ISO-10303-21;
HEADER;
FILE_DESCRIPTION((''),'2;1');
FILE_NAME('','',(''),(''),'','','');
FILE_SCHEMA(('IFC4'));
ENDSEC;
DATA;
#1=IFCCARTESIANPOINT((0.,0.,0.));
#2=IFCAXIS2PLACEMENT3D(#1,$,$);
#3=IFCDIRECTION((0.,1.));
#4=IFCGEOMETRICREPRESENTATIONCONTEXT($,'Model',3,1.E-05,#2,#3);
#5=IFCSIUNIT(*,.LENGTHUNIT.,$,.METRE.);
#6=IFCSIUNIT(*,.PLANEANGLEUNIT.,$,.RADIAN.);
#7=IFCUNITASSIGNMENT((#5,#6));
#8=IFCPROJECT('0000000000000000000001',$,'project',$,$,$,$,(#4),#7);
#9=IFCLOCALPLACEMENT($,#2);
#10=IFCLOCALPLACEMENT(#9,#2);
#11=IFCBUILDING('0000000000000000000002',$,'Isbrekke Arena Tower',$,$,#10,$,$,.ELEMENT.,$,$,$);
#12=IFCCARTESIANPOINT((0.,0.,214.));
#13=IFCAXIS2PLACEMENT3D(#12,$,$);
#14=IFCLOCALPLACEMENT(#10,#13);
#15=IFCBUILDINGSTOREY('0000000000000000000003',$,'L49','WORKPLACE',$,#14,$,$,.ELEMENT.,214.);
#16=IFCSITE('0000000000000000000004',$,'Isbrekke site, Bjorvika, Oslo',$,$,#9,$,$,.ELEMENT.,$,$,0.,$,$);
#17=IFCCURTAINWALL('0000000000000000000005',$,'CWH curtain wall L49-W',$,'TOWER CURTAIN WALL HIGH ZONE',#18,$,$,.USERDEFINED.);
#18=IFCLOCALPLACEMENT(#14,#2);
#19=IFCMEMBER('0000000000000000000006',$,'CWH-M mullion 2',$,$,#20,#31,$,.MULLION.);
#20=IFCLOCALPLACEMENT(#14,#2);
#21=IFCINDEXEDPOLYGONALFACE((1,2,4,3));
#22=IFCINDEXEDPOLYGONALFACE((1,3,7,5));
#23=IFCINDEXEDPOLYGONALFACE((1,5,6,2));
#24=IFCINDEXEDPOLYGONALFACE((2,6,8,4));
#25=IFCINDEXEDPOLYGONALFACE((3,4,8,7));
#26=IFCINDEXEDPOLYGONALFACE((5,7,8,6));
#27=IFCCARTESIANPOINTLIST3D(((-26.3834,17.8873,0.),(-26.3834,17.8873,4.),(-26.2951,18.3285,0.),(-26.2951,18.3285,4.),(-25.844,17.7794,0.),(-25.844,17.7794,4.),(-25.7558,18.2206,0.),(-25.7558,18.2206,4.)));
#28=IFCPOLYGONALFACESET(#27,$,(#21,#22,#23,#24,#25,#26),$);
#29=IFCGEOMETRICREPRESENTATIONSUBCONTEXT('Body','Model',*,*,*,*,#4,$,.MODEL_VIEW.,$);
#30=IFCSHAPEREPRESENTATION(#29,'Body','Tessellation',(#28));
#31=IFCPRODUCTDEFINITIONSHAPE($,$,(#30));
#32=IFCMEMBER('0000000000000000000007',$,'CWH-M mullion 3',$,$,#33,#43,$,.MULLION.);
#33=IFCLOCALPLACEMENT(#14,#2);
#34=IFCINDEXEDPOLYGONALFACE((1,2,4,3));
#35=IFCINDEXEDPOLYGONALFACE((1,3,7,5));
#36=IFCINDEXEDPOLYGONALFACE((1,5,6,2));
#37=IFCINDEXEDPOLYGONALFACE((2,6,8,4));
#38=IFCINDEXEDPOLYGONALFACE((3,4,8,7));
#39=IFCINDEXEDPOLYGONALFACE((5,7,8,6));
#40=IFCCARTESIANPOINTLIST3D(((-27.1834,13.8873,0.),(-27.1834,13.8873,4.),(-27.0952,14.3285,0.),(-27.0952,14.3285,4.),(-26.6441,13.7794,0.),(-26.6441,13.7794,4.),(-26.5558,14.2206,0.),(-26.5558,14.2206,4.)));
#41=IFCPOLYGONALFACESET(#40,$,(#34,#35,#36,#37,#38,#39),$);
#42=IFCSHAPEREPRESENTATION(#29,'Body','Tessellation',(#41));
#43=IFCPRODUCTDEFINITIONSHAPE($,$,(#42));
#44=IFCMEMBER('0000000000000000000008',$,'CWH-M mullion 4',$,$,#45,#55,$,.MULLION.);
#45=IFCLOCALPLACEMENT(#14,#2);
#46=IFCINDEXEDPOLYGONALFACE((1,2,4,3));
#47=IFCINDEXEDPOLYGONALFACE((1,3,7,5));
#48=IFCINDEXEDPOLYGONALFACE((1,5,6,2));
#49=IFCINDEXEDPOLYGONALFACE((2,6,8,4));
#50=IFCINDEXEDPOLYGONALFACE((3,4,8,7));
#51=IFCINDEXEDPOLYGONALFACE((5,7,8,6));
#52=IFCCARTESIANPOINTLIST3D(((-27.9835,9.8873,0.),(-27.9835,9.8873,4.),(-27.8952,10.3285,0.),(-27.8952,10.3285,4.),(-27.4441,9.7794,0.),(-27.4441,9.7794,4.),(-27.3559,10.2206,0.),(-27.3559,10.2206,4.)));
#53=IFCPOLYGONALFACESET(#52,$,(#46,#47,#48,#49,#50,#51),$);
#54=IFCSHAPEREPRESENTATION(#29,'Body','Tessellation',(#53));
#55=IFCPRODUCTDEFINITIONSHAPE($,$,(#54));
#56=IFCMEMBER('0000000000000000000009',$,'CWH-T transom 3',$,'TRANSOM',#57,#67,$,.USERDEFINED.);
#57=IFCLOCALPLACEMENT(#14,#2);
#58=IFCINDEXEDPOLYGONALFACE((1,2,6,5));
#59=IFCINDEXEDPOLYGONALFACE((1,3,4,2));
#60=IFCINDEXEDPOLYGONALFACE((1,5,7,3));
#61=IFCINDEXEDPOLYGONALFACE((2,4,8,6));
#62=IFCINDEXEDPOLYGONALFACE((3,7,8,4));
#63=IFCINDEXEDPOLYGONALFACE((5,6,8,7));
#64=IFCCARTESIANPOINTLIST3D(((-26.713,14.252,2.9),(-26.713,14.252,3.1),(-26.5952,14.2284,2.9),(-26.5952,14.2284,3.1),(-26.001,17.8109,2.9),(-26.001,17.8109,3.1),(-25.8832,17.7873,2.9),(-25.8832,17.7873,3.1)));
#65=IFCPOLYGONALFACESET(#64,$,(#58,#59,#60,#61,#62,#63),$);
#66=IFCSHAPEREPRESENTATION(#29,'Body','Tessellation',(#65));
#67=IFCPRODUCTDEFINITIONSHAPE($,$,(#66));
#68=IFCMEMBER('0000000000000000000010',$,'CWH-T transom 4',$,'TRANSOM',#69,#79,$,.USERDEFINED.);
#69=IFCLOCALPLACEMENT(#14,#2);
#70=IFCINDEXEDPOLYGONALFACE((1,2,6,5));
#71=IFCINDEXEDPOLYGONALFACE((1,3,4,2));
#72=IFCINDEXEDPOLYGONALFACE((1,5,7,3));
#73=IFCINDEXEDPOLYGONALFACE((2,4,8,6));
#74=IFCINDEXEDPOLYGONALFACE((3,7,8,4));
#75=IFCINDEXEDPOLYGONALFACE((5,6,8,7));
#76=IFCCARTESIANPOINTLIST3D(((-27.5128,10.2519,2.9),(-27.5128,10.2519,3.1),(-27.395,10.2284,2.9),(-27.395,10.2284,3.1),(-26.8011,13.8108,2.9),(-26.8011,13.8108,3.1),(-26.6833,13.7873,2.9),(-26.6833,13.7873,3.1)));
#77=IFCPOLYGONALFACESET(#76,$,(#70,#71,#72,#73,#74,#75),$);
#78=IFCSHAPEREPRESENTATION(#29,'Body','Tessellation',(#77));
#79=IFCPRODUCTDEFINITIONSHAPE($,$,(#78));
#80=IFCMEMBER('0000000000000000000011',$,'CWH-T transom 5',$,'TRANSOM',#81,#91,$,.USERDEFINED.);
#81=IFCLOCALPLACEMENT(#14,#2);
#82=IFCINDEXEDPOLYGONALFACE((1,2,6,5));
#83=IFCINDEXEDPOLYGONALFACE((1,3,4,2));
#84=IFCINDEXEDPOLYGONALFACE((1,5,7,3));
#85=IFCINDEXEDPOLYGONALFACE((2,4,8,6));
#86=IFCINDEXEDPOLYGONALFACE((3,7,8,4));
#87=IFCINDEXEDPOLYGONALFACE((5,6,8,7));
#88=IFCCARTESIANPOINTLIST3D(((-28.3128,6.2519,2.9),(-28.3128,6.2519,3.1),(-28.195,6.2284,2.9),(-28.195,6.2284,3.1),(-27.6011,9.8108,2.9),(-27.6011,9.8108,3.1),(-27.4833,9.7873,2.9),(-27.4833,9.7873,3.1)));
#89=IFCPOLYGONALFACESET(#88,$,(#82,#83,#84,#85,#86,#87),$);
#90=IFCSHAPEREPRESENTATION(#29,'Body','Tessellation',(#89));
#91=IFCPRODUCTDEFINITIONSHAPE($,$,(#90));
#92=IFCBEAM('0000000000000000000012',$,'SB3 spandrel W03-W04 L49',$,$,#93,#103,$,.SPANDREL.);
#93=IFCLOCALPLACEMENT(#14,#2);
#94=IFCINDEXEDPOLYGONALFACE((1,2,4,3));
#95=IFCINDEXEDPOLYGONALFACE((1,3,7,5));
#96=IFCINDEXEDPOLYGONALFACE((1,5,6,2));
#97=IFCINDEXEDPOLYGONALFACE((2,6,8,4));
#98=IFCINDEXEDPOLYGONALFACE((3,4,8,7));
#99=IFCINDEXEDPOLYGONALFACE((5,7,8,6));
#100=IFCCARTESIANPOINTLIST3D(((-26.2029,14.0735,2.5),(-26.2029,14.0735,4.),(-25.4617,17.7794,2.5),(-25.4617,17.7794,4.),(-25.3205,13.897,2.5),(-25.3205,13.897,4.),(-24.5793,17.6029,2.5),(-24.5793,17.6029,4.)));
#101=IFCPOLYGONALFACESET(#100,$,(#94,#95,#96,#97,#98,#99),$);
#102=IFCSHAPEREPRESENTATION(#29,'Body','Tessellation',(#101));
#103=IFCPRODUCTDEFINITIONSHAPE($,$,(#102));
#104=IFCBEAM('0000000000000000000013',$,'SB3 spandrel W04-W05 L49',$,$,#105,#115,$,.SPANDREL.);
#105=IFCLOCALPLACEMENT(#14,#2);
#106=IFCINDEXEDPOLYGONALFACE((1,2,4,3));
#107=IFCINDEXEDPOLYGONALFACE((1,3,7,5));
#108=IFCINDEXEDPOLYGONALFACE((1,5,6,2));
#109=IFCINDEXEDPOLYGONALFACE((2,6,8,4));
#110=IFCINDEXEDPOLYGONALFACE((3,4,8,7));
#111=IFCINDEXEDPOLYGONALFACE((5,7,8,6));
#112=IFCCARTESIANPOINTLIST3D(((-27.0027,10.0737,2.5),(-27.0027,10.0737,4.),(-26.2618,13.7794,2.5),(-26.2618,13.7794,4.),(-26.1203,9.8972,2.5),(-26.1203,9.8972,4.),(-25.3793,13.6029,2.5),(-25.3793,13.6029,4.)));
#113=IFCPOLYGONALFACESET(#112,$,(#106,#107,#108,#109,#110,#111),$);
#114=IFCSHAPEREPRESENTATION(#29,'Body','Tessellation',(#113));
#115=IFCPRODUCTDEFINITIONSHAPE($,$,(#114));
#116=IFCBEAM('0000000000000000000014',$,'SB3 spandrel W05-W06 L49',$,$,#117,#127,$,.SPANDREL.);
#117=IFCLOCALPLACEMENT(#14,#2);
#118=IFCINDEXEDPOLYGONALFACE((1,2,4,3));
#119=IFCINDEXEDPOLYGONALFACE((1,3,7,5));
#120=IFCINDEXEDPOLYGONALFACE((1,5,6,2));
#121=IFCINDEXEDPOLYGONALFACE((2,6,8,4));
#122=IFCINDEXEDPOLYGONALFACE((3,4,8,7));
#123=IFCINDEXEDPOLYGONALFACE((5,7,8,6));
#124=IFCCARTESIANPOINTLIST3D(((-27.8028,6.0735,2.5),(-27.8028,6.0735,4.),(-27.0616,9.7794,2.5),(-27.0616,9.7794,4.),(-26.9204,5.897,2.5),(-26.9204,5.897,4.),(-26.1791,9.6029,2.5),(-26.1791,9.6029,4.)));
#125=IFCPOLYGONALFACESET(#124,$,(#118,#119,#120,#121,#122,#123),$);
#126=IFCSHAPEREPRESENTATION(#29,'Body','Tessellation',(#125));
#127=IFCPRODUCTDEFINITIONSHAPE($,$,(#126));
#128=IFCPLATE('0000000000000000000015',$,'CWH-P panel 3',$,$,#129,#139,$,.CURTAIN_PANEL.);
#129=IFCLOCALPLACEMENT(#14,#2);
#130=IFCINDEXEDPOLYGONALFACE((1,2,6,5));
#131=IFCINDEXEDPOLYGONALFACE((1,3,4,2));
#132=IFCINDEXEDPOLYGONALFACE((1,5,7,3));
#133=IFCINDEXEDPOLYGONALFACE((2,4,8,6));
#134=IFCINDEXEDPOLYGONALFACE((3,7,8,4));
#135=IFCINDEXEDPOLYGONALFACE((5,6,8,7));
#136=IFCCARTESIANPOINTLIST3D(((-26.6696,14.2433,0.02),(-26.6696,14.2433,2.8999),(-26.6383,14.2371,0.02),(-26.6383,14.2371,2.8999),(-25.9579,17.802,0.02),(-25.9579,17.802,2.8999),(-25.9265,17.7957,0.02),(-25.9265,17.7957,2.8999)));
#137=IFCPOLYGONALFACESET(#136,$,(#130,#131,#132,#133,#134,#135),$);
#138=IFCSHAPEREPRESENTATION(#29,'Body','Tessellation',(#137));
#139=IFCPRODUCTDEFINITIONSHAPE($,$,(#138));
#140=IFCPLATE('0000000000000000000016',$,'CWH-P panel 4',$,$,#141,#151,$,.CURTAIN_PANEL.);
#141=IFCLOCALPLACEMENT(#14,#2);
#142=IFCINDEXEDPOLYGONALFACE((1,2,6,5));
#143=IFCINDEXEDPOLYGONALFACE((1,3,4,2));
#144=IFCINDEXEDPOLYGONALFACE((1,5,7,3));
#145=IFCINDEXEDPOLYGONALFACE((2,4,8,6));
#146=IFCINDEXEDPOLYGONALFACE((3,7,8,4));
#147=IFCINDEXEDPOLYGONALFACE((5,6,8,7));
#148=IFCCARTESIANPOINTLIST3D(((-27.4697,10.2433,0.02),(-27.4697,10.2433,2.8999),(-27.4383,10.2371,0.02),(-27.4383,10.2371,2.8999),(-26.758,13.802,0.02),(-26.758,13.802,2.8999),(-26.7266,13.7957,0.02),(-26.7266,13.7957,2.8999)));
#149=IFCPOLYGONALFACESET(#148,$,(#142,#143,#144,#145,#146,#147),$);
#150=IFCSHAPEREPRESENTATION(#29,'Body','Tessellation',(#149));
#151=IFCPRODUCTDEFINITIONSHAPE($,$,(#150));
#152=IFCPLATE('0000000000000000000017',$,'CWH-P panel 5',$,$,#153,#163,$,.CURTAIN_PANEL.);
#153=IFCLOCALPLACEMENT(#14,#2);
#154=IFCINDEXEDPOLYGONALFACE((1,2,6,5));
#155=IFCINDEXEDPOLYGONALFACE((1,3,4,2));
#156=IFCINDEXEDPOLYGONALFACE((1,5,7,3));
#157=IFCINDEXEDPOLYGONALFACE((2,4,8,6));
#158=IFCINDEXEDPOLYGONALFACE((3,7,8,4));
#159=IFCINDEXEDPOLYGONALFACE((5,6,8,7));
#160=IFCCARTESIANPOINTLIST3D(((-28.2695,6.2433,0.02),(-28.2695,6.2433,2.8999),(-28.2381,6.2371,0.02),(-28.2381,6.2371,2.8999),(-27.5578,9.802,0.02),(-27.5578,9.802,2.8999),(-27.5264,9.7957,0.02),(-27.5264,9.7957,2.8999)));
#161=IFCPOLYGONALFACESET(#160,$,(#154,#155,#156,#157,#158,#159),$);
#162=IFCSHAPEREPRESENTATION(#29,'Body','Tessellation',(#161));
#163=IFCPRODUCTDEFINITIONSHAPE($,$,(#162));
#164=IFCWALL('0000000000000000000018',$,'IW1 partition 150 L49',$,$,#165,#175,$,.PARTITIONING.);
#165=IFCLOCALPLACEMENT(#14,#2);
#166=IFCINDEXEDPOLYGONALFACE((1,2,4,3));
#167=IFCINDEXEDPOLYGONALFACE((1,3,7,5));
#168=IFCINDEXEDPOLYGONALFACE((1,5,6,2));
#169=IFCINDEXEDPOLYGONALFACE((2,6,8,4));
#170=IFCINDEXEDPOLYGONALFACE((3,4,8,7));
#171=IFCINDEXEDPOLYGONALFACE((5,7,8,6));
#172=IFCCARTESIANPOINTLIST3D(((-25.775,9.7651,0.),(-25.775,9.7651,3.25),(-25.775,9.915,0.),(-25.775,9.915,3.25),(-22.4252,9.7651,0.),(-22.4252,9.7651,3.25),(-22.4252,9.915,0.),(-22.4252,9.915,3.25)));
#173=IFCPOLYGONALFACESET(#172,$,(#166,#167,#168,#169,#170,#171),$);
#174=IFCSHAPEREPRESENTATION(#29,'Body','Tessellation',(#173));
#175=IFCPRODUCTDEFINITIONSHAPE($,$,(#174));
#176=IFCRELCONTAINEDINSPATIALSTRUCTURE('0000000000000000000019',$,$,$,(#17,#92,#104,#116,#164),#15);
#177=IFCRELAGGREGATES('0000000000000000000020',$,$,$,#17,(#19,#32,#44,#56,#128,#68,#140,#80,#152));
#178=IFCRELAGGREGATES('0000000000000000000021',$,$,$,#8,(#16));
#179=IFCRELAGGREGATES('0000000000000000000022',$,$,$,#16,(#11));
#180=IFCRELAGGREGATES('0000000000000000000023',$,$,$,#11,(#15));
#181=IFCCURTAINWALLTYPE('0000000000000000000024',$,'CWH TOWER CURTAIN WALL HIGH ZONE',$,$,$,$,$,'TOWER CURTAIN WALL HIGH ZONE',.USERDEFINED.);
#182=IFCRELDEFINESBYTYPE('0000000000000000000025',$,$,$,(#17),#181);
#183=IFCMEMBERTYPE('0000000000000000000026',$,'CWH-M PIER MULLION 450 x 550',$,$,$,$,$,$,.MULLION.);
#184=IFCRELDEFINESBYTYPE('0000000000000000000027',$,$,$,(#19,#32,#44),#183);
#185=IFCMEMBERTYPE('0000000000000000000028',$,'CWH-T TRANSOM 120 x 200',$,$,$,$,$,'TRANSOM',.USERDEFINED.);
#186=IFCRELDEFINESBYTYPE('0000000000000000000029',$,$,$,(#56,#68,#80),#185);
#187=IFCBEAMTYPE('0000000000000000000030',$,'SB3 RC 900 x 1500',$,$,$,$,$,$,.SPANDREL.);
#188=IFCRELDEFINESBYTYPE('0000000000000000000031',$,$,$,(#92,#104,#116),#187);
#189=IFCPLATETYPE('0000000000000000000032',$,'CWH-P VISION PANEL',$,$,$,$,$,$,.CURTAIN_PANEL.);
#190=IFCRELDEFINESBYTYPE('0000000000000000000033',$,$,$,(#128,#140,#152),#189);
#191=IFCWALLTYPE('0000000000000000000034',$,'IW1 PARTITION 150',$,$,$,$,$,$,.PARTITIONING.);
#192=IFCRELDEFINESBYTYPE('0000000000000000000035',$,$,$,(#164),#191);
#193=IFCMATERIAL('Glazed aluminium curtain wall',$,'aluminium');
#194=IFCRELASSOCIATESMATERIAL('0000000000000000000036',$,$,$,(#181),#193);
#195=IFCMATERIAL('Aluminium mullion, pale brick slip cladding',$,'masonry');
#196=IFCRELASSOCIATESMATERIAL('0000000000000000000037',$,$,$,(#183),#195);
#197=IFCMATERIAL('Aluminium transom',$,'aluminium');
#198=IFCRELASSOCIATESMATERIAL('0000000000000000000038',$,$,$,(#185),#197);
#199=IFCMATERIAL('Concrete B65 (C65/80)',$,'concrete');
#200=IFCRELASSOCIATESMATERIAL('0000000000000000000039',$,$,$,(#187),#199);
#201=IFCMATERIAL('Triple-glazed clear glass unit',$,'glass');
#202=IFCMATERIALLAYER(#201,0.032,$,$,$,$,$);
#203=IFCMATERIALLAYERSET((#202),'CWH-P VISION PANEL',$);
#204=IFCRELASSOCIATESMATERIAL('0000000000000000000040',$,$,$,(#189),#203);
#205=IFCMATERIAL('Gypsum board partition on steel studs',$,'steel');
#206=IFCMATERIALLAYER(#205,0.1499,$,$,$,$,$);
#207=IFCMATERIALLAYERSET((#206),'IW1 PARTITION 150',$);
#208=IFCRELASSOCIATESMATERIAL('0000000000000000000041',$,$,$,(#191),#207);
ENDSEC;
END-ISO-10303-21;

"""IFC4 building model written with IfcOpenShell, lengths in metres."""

from ifc_helpers import new_model, si_unit, direction, frame, frame_2d, origin, origin_2d, place, context, subcontext, project, spatial, rectangle, extrude, material, layer, layer_set, material_profile, profile_set, type_object, element, aggregate, save


model = new_model("IFC4")

# Units and contexts
model_context = context("Model", 3, precision=1e-05, world=origin(), true_north=direction((0.0, 1.0)))
body_context = subcontext(model_context, "Body", "Model", "MODEL_VIEW")
ifc_project = project(units=[si_unit("LENGTHUNIT", "METRE"), si_unit("PLANEANGLEUNIT", "RADIAN")], contexts=[model_context])

# Site, building, storey
site_placement = place(None, origin())
site = spatial("IfcSite", under=ifc_project, at=site_placement, Name="Isbrekke site, Bjorvika, Oslo", CompositionType="ELEMENT", RefElevation=0.0)
building_placement = place(site_placement, origin())
building = spatial("IfcBuilding", under=site, at=building_placement, Name="Isbrekke Arena Tower", CompositionType="ELEMENT")
storey_placement = place(building_placement, frame((0.0, 0.0, 214.0)))
storey = spatial("IfcBuildingStorey", under=building, at=storey_placement, Name="L49", Description="WORKPLACE", CompositionType="ELEMENT", Elevation=214.0)

# Curtain wall, members
ifc_material_1 = material(Name="Glazed aluminium curtain wall", Category="aluminium")
curtain_wall_type = type_object("IfcCurtainWallType", Name="CWH TOWER CURTAIN WALL HIGH ZONE", ElementType="TOWER CURTAIN WALL HIGH ZONE", PredefinedType="USERDEFINED", material=ifc_material_1)
curtain_wall_placement = place(storey_placement, origin())
curtain_wall = element("IfcCurtainWall", 1, at=curtain_wall_placement, inside=storey, type_object=curtain_wall_type, Name="CWH curtain wall L49-W", ObjectType="TOWER CURTAIN WALL HIGH ZONE", PredefinedType="USERDEFINED")
ifc_material_2 = material(Name="Aluminium mullion, pale brick slip cladding", Category="masonry")
ifc_material_profile_1 = material_profile(ifc_material_2, rectangle(XDim=0.45, YDim=0.55, at=origin_2d()), Name="PIER 450X550")
ifc_profile_set_1 = profile_set([ifc_material_profile_1], Name="Aluminium mullion, pale brick slip cladding")
member_type_1 = type_object("IfcMemberType", Name="CWH-M PIER MULLION 450 x 550", PredefinedType="MULLION", material=ifc_profile_set_1)
member_1_placement = place(storey_placement, frame((-26.0696, 18.054, 0.0), z_axis=(0.0, 0.0, 1.0), x_axis=(-0.196116, -0.980581, 0.0)))
member_1 = element("IfcMember", 2, at=member_1_placement, type_object=member_type_1, Name="CWH-M mullion 2", PredefinedType="MULLION", context=body_context, shape_type="SweptSolid", body=[
    extrude(rectangle(XDim=0.45, YDim=0.55, at=origin_2d()), origin(), (0.0, 0.0, 1.0), 4.0),
])
member_2_placement = place(storey_placement, frame((-26.8696, 14.054, 0.0), z_axis=(0.0, 0.0, 1.0), x_axis=(-0.196116, -0.980581, 0.0)))
member_2 = element("IfcMember", 3, at=member_2_placement, type_object=member_type_1, Name="CWH-M mullion 3", PredefinedType="MULLION", context=body_context, shape_type="SweptSolid", body=[
    extrude(rectangle(XDim=0.45, YDim=0.55, at=origin_2d()), origin(), (0.0, 0.0, 1.0), 4.0),
])
member_3_placement = place(storey_placement, frame((-27.6697, 10.054, 0.0), z_axis=(0.0, 0.0, 1.0), x_axis=(-0.196116, -0.980581, 0.0)))
member_3 = element("IfcMember", 4, at=member_3_placement, type_object=member_type_1, Name="CWH-M mullion 4", PredefinedType="MULLION", context=body_context, shape_type="SweptSolid", body=[
    extrude(rectangle(XDim=0.45, YDim=0.55, at=origin_2d()), origin(), (0.0, 0.0, 1.0), 4.0),
])
ifc_material_3 = material(Name="Aluminium transom", Category="aluminium")
ifc_material_profile_2 = material_profile(ifc_material_3, rectangle(XDim=0.1201, YDim=0.2, at=origin_2d()), Name="TRANSOM 120X200")
ifc_profile_set_2 = profile_set([ifc_material_profile_2], Name="Aluminium transom")
member_type_2 = type_object("IfcMemberType", Name="CWH-T TRANSOM 120 x 200", ElementType="TRANSOM", PredefinedType="USERDEFINED", material=ifc_profile_set_2)
member_4_placement = place(storey_placement, frame((-25.9421, 17.7991, 3.0), z_axis=(-0.196155, -0.980573, 0.0), x_axis=(0.980573, -0.196155, 0.0)))
member_4 = element("IfcMember", 5, at=member_4_placement, type_object=member_type_2, Name="CWH-T transom 3", ObjectType="TRANSOM", PredefinedType="USERDEFINED", context=body_context, shape_type="SweptSolid", body=[
    extrude(rectangle(XDim=0.1201, YDim=0.2, at=origin_2d()), origin(), (0.0, 0.0, 1.0), 3.6294),
])
member_5_placement = place(storey_placement, frame((-26.7422, 13.7991, 3.0), z_axis=(-0.19609, -0.980586, 0.0), x_axis=(0.980586, -0.19609, 0.0)))
member_5 = element("IfcMember", 6, at=member_5_placement, type_object=member_type_2, Name="CWH-T transom 4", ObjectType="TRANSOM", PredefinedType="USERDEFINED", context=body_context, shape_type="SweptSolid", body=[
    extrude(rectangle(XDim=0.1201, YDim=0.2, at=origin_2d()), origin(), (0.0, 0.0, 1.0), 3.6294),
])
member_6_placement = place(storey_placement, frame((-27.5422, 9.7991, 3.0), z_axis=(-0.19609, -0.980586, 0.0), x_axis=(0.980586, -0.19609, 0.0)))
member_6 = element("IfcMember", 7, at=member_6_placement, type_object=member_type_2, Name="CWH-T transom 5", ObjectType="TRANSOM", PredefinedType="USERDEFINED", context=body_context, shape_type="SweptSolid", body=[
    extrude(rectangle(XDim=0.1201, YDim=0.2, at=origin_2d()), origin(), (0.0, 0.0, 1.0), 3.6294),
])

# Beams
ifc_material_4 = material(Name="Concrete B65 (C65/80)", Category="concrete")
ifc_material_profile_3 = material_profile(ifc_material_4, rectangle(XDim=0.8999, YDim=1.5, at=origin_2d()), Name="RC 900x1500")
ifc_profile_set_3 = profile_set([ifc_material_profile_3], Name="Concrete B65 (C65/80)")
beam_type_1 = type_object("IfcBeamType", Name="SB3 RC 900 x 1500", PredefinedType="SPANDREL", material=ifc_profile_set_3)
beam_1_placement = place(storey_placement, frame((-25.0205, 17.6912, 3.25), z_axis=(-0.196129, -0.980578, 0.0), x_axis=(0.980578, -0.196129, 0.0)))
element("IfcBeam", 8, at=beam_1_placement, inside=storey, type_object=beam_type_1, Name="SB3 spandrel W03-W04 L49", PredefinedType="SPANDREL", context=body_context, shape_type="SweptSolid", body=[
    extrude(rectangle(XDim=0.8999, YDim=1.5, at=origin_2d()), origin(), (0.0, 0.0, 1.0), 3.7793),
])
beam_2_placement = place(storey_placement, frame((-25.8206, 13.6912, 3.25), z_axis=(-0.196066, -0.980591, 0.0), x_axis=(0.980591, -0.196066, 0.0)))
element("IfcBeam", 9, at=beam_2_placement, inside=storey, type_object=beam_type_1, Name="SB3 spandrel W04-W05 L49", PredefinedType="SPANDREL", context=body_context, shape_type="SweptSolid", body=[
    extrude(rectangle(XDim=0.8999, YDim=1.5, at=origin_2d()), origin(), (0.0, 0.0, 1.0), 3.7791),
])
beam_3_placement = place(storey_placement, frame((-26.6204, 9.6912, 3.25), z_axis=(-0.196129, -0.980578, 0.0), x_axis=(0.980578, -0.196129, 0.0)))
element("IfcBeam", 10, at=beam_3_placement, inside=storey, type_object=beam_type_1, Name="SB3 spandrel W05-W06 L49", PredefinedType="SPANDREL", context=body_context, shape_type="SweptSolid", body=[
    extrude(rectangle(XDim=0.8999, YDim=1.5, at=origin_2d()), origin(), (0.0, 0.0, 1.0), 3.7793),
])

# Plates
ifc_material_5 = material(Name="Triple-glazed clear glass unit", Category="glass")
ifc_layer_1 = layer(ifc_material_5, 0.032)
ifc_layer_set_1 = layer_set([ifc_layer_1], Name="CWH-P VISION PANEL")
plate_type = type_object("IfcPlateType", Name="CWH-P VISION PANEL", PredefinedType="CURTAIN_PANEL", material=ifc_layer_set_1)
plate_1_placement = place(storey_placement, frame((-26.2981, 16.0195, 0.02), z_axis=(0.0, 0.0, 1.0), x_axis=(-0.196116, -0.980581, 0.0)))
plate_1 = element("IfcPlate", 11, at=plate_1_placement, type_object=plate_type, Name="CWH-P panel 3", PredefinedType="CURTAIN_PANEL", context=body_context, shape_type="SweptSolid", body=[
    extrude(rectangle(XDim=3.6292, YDim=0.032, at=origin_2d()), origin(), (0.0, 0.0, 1.0), 2.8799),
])
plate_2_placement = place(storey_placement, frame((-27.0981, 12.0195, 0.02), z_axis=(0.0, 0.0, 1.0), x_axis=(-0.196116, -0.980581, 0.0)))
plate_2 = element("IfcPlate", 12, at=plate_2_placement, type_object=plate_type, Name="CWH-P panel 4", PredefinedType="CURTAIN_PANEL", context=body_context, shape_type="SweptSolid", body=[
    extrude(rectangle(XDim=3.6292, YDim=0.032, at=origin_2d()), origin(), (0.0, 0.0, 1.0), 2.8799),
])
plate_3_placement = place(storey_placement, frame((-27.8979, 8.0195, 0.02), z_axis=(0.0, 0.0, 1.0), x_axis=(-0.196116, -0.980581, 0.0)))
plate_3 = element("IfcPlate", 13, at=plate_3_placement, type_object=plate_type, Name="CWH-P panel 5", PredefinedType="CURTAIN_PANEL", context=body_context, shape_type="SweptSolid", body=[
    extrude(rectangle(XDim=3.6292, YDim=0.032, at=origin_2d()), origin(), (0.0, 0.0, 1.0), 2.8799),
])
aggregate(curtain_wall, [member_1, member_2, member_3, member_4, plate_1, member_5, plate_2, member_6, plate_3])

# Wall
ifc_material_6 = material(Name="Gypsum board partition on steel studs", Category="steel")
ifc_layer_2 = layer(ifc_material_6, 0.1499)
ifc_layer_set_2 = layer_set([ifc_layer_2], Name="IW1 PARTITION 150")
wall_type_1 = type_object("IfcWallType", Name="IW1 PARTITION 150", PredefinedType="PARTITIONING", material=ifc_layer_set_2)
wall_1_placement = place(storey_placement, frame((-25.7749, 9.8401, 0.0), z_axis=(0.0, 0.0, 1.0), x_axis=(1.0, 0.0, 0.0)))
element("IfcWall", 14, at=wall_1_placement, inside=storey, type_object=wall_type_1, Name="IW1 partition 150 L49", PredefinedType="PARTITIONING", context=body_context, shape_type="SweptSolid", body=[
    extrude(rectangle(XDim=3.3499, YDim=0.1499, at=frame_2d((1.6748, 0.0))), origin(), (0.0, 0.0, 1.0), 3.25),
])

save(model, "model.ifc")
